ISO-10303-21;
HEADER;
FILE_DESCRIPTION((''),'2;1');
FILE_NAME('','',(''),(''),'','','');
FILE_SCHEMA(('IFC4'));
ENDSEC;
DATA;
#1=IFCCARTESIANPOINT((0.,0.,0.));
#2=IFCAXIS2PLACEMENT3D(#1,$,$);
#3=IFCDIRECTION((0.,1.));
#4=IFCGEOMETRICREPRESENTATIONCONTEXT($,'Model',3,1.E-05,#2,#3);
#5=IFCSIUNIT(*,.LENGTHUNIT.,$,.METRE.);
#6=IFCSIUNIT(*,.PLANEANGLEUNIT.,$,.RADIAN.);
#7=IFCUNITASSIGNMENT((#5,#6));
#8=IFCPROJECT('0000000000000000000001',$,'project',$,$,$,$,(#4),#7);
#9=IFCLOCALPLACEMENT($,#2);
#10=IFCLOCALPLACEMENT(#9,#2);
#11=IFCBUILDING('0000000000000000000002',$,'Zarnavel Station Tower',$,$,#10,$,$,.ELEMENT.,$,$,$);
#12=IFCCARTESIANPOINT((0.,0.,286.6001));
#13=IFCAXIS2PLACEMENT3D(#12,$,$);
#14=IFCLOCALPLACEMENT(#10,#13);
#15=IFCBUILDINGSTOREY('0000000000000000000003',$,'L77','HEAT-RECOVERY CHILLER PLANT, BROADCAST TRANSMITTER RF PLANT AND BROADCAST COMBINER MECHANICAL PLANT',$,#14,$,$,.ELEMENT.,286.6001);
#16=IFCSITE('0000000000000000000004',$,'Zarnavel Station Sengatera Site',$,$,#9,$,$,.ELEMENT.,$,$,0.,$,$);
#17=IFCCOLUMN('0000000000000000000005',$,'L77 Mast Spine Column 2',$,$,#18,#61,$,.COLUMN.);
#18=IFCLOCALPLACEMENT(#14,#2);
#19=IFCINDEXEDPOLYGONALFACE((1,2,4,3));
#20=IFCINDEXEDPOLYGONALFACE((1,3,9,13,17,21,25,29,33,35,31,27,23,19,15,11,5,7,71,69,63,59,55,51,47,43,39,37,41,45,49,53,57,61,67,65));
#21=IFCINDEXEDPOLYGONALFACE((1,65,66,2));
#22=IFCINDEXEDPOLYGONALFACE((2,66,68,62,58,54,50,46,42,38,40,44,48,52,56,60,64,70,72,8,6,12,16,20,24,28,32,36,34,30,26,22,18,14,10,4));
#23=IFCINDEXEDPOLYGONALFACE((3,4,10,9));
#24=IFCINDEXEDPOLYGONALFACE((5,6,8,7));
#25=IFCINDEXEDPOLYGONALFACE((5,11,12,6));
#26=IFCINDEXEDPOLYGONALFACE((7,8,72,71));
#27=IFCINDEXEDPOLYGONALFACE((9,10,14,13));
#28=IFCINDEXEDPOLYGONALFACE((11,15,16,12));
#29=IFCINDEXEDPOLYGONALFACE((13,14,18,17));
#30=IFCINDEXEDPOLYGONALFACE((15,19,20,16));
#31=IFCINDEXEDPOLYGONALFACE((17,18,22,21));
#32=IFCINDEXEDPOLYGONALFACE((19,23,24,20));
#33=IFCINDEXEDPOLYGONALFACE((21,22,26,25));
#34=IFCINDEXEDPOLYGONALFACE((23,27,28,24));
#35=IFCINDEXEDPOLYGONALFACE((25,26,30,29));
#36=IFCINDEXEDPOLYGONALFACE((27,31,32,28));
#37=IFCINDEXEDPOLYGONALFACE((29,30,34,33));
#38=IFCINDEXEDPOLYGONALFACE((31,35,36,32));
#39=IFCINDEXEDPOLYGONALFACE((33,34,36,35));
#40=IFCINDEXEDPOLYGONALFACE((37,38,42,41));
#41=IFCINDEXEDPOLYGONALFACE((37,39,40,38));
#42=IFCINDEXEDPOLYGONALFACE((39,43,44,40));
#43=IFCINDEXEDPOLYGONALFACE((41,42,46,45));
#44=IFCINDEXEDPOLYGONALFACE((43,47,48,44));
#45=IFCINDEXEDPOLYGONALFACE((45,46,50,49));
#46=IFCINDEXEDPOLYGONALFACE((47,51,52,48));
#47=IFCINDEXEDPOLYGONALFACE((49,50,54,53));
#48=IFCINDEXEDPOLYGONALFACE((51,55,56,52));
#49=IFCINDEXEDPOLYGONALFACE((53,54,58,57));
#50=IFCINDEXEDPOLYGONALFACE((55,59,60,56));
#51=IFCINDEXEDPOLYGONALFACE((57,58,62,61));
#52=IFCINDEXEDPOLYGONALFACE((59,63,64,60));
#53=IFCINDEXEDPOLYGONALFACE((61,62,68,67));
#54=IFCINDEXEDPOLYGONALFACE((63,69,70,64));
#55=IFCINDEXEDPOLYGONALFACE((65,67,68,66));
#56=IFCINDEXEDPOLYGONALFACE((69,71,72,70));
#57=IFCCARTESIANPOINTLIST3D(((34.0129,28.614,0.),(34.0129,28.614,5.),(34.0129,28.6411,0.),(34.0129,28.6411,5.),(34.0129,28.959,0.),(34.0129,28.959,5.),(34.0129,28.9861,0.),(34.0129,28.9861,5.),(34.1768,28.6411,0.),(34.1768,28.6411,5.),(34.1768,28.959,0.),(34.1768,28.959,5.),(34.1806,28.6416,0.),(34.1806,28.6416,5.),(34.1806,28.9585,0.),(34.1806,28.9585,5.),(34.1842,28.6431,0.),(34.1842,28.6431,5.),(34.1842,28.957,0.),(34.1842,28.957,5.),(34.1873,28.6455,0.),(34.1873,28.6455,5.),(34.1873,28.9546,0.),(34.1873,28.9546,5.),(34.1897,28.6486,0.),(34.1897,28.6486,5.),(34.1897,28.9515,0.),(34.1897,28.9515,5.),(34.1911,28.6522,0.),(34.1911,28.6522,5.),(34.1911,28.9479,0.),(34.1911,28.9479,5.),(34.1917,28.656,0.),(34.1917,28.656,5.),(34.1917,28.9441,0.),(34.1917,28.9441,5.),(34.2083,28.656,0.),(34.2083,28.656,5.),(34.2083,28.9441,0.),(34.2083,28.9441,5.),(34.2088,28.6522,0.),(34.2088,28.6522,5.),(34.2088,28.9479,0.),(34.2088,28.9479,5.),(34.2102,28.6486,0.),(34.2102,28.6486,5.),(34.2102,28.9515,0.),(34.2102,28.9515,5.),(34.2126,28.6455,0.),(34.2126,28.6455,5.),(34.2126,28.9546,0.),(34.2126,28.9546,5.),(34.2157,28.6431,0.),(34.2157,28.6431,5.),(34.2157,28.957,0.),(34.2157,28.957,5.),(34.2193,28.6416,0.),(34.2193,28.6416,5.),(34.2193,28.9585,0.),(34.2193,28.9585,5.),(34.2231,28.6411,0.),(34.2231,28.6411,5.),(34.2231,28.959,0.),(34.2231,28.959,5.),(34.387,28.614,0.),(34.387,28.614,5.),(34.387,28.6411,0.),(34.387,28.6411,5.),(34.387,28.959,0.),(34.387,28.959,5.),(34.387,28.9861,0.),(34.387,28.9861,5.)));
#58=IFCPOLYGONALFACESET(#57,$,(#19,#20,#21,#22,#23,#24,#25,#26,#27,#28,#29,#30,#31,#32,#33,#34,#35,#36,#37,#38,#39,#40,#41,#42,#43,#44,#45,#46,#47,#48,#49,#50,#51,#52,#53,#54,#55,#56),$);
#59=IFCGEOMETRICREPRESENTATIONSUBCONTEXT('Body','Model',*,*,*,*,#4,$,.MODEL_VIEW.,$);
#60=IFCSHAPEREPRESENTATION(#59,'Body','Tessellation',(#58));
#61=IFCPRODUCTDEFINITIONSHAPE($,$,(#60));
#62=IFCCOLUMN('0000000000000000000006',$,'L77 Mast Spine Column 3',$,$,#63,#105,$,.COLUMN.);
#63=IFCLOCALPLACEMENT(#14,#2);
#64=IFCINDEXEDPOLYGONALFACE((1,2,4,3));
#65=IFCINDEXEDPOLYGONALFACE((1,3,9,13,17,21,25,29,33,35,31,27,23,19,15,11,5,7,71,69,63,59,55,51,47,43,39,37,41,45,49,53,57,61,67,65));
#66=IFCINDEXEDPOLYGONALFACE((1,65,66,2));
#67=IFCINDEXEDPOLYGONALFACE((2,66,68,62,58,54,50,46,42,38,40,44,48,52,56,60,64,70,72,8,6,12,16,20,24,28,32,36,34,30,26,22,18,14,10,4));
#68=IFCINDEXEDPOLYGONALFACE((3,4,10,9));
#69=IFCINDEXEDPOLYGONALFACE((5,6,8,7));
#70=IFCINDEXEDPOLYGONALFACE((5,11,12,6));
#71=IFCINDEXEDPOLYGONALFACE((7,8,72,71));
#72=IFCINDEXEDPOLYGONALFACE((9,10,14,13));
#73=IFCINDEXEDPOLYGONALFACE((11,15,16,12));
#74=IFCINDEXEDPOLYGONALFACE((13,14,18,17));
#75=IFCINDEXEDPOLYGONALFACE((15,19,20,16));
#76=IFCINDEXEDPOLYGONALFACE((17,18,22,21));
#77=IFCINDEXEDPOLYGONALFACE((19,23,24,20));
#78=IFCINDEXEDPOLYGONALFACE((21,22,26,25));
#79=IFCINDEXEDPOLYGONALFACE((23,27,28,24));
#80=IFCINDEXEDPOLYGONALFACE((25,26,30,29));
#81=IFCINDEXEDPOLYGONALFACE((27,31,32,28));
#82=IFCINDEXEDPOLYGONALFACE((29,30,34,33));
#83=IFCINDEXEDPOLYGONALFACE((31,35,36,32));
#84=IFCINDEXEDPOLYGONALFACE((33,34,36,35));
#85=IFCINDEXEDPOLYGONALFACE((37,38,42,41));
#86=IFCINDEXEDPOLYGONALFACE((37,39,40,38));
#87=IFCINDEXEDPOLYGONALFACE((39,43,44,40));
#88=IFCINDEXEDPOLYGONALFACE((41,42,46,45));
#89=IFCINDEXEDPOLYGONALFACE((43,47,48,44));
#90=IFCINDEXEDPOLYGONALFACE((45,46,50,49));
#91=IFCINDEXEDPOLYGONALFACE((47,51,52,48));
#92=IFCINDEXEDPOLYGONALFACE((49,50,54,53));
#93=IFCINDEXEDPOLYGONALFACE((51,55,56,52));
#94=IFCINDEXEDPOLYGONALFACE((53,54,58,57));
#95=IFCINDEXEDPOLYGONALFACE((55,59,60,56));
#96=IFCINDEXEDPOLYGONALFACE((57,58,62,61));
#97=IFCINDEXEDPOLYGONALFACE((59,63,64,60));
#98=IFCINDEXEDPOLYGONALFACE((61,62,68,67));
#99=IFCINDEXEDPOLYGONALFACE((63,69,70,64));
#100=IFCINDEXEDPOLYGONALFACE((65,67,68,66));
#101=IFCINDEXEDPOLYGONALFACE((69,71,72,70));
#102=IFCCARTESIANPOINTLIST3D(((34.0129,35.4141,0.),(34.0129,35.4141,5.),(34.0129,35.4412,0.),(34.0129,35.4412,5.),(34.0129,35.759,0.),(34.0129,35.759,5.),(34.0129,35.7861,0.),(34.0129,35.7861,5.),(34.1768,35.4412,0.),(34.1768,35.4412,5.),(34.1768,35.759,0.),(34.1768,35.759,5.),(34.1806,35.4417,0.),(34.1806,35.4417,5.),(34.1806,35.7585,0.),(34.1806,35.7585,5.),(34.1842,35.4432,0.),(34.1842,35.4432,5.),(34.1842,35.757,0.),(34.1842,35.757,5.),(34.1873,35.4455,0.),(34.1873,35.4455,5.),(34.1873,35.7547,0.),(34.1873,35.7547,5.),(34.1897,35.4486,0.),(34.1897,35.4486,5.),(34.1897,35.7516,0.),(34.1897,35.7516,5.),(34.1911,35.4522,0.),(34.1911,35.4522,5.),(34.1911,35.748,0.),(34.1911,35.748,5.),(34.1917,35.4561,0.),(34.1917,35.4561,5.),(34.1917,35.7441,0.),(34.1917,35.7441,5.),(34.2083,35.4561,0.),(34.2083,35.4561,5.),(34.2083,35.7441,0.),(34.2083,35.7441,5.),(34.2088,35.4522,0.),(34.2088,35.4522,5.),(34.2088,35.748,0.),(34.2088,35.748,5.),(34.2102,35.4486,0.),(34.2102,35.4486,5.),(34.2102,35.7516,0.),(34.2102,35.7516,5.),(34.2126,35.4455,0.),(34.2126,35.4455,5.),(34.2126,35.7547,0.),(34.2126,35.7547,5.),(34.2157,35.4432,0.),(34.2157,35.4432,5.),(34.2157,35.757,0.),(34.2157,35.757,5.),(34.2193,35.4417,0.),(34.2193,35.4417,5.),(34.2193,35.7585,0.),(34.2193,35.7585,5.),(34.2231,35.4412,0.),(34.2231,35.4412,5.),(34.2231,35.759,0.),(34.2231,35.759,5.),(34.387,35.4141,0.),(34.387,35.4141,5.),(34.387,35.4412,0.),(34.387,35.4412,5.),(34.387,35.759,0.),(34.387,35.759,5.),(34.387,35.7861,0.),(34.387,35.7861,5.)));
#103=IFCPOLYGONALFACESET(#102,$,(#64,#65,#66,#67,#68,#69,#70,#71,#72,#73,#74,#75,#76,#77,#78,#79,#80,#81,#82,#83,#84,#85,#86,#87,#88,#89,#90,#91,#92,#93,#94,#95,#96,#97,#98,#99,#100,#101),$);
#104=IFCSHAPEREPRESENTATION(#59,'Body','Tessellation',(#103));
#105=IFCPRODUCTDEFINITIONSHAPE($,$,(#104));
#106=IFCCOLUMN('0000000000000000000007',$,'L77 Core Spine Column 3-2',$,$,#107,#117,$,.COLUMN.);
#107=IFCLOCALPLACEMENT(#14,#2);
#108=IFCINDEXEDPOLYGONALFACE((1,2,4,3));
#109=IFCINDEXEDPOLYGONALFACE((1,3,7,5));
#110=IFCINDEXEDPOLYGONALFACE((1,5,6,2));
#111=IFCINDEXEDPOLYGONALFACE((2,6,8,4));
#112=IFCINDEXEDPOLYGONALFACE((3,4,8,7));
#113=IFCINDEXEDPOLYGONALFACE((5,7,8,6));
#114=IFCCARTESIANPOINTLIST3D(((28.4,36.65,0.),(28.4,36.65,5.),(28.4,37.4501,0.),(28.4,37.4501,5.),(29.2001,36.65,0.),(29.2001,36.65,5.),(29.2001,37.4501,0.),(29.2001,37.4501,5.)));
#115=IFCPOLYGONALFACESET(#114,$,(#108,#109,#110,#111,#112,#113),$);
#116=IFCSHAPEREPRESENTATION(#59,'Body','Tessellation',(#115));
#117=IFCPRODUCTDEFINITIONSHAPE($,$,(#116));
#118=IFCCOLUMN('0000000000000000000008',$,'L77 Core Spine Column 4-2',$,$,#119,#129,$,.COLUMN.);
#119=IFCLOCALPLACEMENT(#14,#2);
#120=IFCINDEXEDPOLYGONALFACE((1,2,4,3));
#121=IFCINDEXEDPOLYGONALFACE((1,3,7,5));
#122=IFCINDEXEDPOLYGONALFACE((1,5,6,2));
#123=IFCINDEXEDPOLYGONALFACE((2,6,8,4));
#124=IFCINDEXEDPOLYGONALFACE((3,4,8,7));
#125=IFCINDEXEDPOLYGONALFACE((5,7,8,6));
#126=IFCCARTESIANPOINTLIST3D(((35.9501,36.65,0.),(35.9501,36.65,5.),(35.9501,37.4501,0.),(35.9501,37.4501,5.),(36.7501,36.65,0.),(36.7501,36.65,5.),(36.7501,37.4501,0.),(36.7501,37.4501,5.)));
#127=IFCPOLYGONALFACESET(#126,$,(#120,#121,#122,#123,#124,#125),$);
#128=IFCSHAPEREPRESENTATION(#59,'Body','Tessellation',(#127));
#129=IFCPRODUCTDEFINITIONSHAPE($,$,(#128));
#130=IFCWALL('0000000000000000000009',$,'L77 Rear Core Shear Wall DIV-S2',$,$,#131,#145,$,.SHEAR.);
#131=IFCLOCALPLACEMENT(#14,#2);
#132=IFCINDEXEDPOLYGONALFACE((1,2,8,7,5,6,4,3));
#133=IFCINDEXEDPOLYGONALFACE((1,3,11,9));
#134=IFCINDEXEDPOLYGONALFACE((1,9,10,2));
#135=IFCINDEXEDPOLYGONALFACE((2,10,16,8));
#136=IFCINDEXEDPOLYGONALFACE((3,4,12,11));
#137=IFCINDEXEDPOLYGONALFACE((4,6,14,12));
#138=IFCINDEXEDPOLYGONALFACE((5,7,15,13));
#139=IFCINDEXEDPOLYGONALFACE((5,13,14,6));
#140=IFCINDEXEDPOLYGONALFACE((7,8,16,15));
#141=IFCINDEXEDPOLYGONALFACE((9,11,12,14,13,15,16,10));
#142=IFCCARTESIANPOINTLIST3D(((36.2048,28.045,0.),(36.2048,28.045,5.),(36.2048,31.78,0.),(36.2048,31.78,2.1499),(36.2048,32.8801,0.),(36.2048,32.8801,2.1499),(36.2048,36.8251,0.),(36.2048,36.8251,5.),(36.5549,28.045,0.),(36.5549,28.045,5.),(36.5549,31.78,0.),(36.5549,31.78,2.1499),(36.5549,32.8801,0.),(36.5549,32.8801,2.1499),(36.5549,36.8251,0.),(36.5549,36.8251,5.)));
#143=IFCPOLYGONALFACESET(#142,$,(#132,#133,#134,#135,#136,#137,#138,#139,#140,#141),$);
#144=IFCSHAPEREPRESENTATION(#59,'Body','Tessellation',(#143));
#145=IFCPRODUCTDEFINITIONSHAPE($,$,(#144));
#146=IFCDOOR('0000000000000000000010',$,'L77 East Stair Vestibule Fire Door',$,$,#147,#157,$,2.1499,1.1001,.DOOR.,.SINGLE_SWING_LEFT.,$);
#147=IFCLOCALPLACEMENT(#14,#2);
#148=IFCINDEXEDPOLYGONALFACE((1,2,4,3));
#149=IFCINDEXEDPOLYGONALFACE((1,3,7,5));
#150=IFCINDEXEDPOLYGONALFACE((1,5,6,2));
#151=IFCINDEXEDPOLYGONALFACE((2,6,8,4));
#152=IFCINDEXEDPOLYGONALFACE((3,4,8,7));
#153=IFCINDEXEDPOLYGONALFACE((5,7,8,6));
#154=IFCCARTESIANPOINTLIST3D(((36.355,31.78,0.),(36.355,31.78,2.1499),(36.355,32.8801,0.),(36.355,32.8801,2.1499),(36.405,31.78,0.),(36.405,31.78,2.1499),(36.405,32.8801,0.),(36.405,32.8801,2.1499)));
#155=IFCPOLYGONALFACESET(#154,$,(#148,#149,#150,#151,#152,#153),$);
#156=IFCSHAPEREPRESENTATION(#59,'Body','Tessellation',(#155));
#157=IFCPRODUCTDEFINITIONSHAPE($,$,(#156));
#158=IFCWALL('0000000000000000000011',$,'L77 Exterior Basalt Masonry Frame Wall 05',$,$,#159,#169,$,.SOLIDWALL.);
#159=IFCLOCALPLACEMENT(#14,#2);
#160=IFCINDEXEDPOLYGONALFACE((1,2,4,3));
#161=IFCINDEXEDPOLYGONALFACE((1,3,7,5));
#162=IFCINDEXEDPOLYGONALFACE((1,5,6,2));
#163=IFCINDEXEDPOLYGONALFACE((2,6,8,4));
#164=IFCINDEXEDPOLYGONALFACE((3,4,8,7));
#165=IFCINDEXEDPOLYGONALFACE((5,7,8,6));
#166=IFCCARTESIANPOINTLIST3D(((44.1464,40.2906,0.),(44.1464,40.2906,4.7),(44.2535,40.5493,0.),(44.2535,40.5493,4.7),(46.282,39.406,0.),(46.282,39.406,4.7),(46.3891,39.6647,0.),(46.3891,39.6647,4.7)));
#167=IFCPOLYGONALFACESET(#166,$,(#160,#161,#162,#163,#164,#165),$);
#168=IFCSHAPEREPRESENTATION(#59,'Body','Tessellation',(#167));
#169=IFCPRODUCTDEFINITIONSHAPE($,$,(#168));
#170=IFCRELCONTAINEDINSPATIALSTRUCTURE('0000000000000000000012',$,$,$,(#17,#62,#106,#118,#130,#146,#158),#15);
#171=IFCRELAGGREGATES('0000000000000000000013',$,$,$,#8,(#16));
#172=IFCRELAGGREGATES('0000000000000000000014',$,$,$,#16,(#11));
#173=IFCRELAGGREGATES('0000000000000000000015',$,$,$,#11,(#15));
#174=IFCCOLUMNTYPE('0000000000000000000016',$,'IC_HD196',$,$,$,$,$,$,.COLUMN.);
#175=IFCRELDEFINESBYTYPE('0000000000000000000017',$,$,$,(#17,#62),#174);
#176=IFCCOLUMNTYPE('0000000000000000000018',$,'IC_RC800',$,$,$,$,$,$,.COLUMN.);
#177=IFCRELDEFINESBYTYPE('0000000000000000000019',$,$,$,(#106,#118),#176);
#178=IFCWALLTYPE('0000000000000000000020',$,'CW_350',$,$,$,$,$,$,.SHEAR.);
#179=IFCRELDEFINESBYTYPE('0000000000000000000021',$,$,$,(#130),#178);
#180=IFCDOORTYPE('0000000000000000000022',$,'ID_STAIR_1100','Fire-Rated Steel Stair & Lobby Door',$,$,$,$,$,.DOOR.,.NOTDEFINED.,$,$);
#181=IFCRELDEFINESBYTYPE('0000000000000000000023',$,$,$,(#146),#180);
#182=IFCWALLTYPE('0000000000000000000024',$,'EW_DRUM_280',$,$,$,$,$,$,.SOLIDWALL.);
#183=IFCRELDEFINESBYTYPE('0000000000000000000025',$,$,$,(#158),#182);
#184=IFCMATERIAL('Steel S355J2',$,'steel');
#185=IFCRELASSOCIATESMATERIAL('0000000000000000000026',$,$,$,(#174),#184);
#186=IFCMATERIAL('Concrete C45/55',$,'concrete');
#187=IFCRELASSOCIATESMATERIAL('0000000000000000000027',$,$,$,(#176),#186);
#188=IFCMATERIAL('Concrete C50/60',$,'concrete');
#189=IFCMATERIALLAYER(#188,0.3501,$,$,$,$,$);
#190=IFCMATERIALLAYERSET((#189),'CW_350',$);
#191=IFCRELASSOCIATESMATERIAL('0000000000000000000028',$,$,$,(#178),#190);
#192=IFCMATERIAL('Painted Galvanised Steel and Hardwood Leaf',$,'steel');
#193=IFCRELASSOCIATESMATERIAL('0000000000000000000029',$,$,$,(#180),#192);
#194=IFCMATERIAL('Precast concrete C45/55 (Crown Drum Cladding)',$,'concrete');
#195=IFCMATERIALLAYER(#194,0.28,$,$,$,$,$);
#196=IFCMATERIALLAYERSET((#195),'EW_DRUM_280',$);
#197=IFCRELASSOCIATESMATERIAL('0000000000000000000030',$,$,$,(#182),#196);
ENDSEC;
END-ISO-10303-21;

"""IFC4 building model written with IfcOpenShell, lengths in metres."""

from ifc_helpers import new_model, si_unit, direction, frame, frame_2d, origin, origin_2d, place, context, subcontext, project, spatial, rectangle, i_section, extrude, material, layer, layer_set, material_profile, profile_set, type_object, element, fill, save


model = new_model("IFC4")

# Units and contexts
model_context = context("Model", 3, precision=1e-05, world=origin(), true_north=direction((0.0, 1.0)))
body_context = subcontext(model_context, "Body", "Model", "MODEL_VIEW")
ifc_project = project(units=[si_unit("LENGTHUNIT", "METRE"), si_unit("PLANEANGLEUNIT", "RADIAN")], contexts=[model_context])

# Site, building, storey
site_placement = place(None, origin())
site = spatial("IfcSite", under=ifc_project, at=site_placement, Name="Zarnavel Station Sengatera Site", CompositionType="ELEMENT", RefElevation=0.0)
building_placement = place(site_placement, origin())
building = spatial("IfcBuilding", under=site, at=building_placement, Name="Zarnavel Station Tower", CompositionType="ELEMENT")
storey_placement = place(building_placement, frame((0.0, 0.0, 286.6001)))
storey = spatial("IfcBuildingStorey", under=building, at=storey_placement, Name="L77", Description="HEAT-RECOVERY CHILLER PLANT, BROADCAST TRANSMITTER RF PLANT AND BROADCAST COMBINER MECHANICAL PLANT", CompositionType="ELEMENT", Elevation=286.6001)

# Columns
ifc_material_1 = material(Name="Steel S355J2", Category="steel")
ifc_material_profile_1 = material_profile(ifc_material_1, i_section(OverallWidth=0.374, OverallDepth=0.3721, WebThickness=0.0166, FlangeThickness=0.0271, FilletRadius=0.0149, at=origin_2d()), Name="HD360x196")
ifc_profile_set_1 = profile_set([ifc_material_profile_1], Name="Steel S355J2")
column_type_1 = type_object("IfcColumnType", Name="IC_HD196", PredefinedType="COLUMN", material=ifc_profile_set_1)
for number, where, z_axis, x_axis, name in (
    (1, (34.2, 28.8, 0.0), (0.0, 0.0, 1.0), (1.0, 0.0, 0.0), "L77 Mast Spine Column 2"),
    (2, (34.2, 35.6001, 0.0), (0.0, 0.0, 1.0), (1.0, 0.0, 0.0), "L77 Mast Spine Column 3"),
):
    element("IfcColumn", number, at=place(storey_placement, frame(where, z_axis=z_axis, x_axis=x_axis)), inside=storey, type_object=column_type_1, Name=name, PredefinedType="COLUMN", context=body_context, shape_type="SweptSolid", body=[
        extrude(i_section(OverallWidth=0.374, OverallDepth=0.3721, WebThickness=0.0166, FlangeThickness=0.0271, FilletRadius=0.0149, at=origin_2d()), origin(), (0.0, 0.0, 1.0), 5.0),
    ])
ifc_material_2 = material(Name="Concrete C45/55", Category="concrete")
ifc_material_profile_2 = material_profile(ifc_material_2, rectangle(XDim=0.8, YDim=0.8, at=origin_2d()), Name="RC800x800")
ifc_profile_set_2 = profile_set([ifc_material_profile_2], Name="Concrete C45/55")
column_type_2 = type_object("IfcColumnType", Name="IC_RC800", PredefinedType="COLUMN", material=ifc_profile_set_2)
for number, where, z_axis, x_axis, name in (
    (3, (28.8, 37.05, 0.0), (0.0, 0.0, 1.0), (1.0, 0.0, 0.0), "L77 Core Spine Column 3-2"),
    (4, (36.3501, 37.05, 0.0), (0.0, 0.0, 1.0), (1.0, 0.0, 0.0), "L77 Core Spine Column 4-2"),
):
    element("IfcColumn", number, at=place(storey_placement, frame(where, z_axis=z_axis, x_axis=x_axis)), inside=storey, type_object=column_type_2, Name=name, PredefinedType="COLUMN", context=body_context, shape_type="SweptSolid", body=[
        extrude(rectangle(XDim=0.8, YDim=0.8, at=origin_2d()), origin(), (0.0, 0.0, 1.0), 5.0),
    ])

# Wall, opening, door
ifc_material_3 = material(Name="Concrete C50/60", Category="concrete")
ifc_layer_1 = layer(ifc_material_3, 0.3501)
ifc_layer_set_1 = layer_set([ifc_layer_1], Name="CW_350")
wall_type_1 = type_object("IfcWallType", Name="CW_350", PredefinedType="SHEAR", material=ifc_layer_set_1)
wall_1_placement = place(storey_placement, frame((36.3799, 28.0449, 0.0), z_axis=(0.0, 0.0, 1.0), x_axis=(0.0, 1.0, 0.0)))
wall_1 = element("IfcWall", 5, at=wall_1_placement, inside=storey, type_object=wall_type_1, Name="L77 Rear Core Shear Wall DIV-S2", PredefinedType="SHEAR", context=body_context, shape_type="SweptSolid", body=[
    extrude(rectangle(XDim=8.78, YDim=0.3501, at=frame_2d((4.3901, 0.0))), origin(), (0.0, 0.0, 1.0), 5.0),
])
opening_1_placement = place(wall_1_placement, frame((3.7351, 0.0, 0.0)))
opening_1 = element("IfcOpeningElement", 6, at=opening_1_placement, cuts=wall_1, PredefinedType="OPENING", context=body_context, shape_type="SweptSolid", body=[
    extrude(rectangle(XDim=1.1001, YDim=2.1499, at=frame_2d((0.55, 1.075))), frame((0.0, 0.1851, 0.0), z_axis=(0.0, -1.0, 0.0), x_axis=(1.0, 0.0, 0.0)), (0.0, 0.0, 1.0), 0.3701),
])
ifc_material_4 = material(Name="Painted Galvanised Steel and Hardwood Leaf", Category="steel")
door_type_1 = type_object("IfcDoorType", Name="ID_STAIR_1100", Description="Fire-Rated Steel Stair & Lobby Door", OperationType="NOTDEFINED", PredefinedType="DOOR", material=ifc_material_4)
door_1_placement = place(opening_1_placement, origin())
door_1 = element("IfcDoor", 7, at=door_1_placement, inside=storey, type_object=door_type_1, Name="L77 East Stair Vestibule Fire Door", OperationType="SINGLE_SWING_LEFT", OverallHeight=2.1499, OverallWidth=1.1001, PredefinedType="DOOR", context=body_context, shape_type="SweptSolid", body=[
    extrude(rectangle(XDim=1.1001, YDim=2.1499, at=frame_2d((0.55, 1.075))), frame((0.0, 0.0249, 0.0), z_axis=(0.0, -1.0, 0.0), x_axis=(1.0, 0.0, 0.0)), (0.0, 0.0, 1.0), 0.05),
])
fill(opening_1, door_1)

# Wall
ifc_material_5 = material(Name="Precast concrete C45/55 (Crown Drum Cladding)", Category="concrete")
ifc_layer_2 = layer(ifc_material_5, 0.28)
ifc_layer_set_2 = layer_set([ifc_layer_2], Name="EW_DRUM_280")
wall_type_2 = type_object("IfcWallType", Name="EW_DRUM_280", PredefinedType="SOLIDWALL", material=ifc_layer_set_2)
wall_2_placement = place(storey_placement, frame((44.2, 40.4199, 0.0), z_axis=(0.0, 0.0, 1.0), x_axis=(0.923884, -0.382672, 0.0)))
element("IfcWall", 8, at=wall_2_placement, inside=storey, type_object=wall_type_2, Name="L77 Exterior Basalt Masonry Frame Wall 05", PredefinedType="SOLIDWALL", context=body_context, shape_type="SweptSolid", body=[
    extrude(rectangle(XDim=2.3115, YDim=0.28, at=frame_2d((1.1558, 0.0))), origin(), (0.0, 0.0, 1.0), 4.7),
])

save(model, "model.ifc")
